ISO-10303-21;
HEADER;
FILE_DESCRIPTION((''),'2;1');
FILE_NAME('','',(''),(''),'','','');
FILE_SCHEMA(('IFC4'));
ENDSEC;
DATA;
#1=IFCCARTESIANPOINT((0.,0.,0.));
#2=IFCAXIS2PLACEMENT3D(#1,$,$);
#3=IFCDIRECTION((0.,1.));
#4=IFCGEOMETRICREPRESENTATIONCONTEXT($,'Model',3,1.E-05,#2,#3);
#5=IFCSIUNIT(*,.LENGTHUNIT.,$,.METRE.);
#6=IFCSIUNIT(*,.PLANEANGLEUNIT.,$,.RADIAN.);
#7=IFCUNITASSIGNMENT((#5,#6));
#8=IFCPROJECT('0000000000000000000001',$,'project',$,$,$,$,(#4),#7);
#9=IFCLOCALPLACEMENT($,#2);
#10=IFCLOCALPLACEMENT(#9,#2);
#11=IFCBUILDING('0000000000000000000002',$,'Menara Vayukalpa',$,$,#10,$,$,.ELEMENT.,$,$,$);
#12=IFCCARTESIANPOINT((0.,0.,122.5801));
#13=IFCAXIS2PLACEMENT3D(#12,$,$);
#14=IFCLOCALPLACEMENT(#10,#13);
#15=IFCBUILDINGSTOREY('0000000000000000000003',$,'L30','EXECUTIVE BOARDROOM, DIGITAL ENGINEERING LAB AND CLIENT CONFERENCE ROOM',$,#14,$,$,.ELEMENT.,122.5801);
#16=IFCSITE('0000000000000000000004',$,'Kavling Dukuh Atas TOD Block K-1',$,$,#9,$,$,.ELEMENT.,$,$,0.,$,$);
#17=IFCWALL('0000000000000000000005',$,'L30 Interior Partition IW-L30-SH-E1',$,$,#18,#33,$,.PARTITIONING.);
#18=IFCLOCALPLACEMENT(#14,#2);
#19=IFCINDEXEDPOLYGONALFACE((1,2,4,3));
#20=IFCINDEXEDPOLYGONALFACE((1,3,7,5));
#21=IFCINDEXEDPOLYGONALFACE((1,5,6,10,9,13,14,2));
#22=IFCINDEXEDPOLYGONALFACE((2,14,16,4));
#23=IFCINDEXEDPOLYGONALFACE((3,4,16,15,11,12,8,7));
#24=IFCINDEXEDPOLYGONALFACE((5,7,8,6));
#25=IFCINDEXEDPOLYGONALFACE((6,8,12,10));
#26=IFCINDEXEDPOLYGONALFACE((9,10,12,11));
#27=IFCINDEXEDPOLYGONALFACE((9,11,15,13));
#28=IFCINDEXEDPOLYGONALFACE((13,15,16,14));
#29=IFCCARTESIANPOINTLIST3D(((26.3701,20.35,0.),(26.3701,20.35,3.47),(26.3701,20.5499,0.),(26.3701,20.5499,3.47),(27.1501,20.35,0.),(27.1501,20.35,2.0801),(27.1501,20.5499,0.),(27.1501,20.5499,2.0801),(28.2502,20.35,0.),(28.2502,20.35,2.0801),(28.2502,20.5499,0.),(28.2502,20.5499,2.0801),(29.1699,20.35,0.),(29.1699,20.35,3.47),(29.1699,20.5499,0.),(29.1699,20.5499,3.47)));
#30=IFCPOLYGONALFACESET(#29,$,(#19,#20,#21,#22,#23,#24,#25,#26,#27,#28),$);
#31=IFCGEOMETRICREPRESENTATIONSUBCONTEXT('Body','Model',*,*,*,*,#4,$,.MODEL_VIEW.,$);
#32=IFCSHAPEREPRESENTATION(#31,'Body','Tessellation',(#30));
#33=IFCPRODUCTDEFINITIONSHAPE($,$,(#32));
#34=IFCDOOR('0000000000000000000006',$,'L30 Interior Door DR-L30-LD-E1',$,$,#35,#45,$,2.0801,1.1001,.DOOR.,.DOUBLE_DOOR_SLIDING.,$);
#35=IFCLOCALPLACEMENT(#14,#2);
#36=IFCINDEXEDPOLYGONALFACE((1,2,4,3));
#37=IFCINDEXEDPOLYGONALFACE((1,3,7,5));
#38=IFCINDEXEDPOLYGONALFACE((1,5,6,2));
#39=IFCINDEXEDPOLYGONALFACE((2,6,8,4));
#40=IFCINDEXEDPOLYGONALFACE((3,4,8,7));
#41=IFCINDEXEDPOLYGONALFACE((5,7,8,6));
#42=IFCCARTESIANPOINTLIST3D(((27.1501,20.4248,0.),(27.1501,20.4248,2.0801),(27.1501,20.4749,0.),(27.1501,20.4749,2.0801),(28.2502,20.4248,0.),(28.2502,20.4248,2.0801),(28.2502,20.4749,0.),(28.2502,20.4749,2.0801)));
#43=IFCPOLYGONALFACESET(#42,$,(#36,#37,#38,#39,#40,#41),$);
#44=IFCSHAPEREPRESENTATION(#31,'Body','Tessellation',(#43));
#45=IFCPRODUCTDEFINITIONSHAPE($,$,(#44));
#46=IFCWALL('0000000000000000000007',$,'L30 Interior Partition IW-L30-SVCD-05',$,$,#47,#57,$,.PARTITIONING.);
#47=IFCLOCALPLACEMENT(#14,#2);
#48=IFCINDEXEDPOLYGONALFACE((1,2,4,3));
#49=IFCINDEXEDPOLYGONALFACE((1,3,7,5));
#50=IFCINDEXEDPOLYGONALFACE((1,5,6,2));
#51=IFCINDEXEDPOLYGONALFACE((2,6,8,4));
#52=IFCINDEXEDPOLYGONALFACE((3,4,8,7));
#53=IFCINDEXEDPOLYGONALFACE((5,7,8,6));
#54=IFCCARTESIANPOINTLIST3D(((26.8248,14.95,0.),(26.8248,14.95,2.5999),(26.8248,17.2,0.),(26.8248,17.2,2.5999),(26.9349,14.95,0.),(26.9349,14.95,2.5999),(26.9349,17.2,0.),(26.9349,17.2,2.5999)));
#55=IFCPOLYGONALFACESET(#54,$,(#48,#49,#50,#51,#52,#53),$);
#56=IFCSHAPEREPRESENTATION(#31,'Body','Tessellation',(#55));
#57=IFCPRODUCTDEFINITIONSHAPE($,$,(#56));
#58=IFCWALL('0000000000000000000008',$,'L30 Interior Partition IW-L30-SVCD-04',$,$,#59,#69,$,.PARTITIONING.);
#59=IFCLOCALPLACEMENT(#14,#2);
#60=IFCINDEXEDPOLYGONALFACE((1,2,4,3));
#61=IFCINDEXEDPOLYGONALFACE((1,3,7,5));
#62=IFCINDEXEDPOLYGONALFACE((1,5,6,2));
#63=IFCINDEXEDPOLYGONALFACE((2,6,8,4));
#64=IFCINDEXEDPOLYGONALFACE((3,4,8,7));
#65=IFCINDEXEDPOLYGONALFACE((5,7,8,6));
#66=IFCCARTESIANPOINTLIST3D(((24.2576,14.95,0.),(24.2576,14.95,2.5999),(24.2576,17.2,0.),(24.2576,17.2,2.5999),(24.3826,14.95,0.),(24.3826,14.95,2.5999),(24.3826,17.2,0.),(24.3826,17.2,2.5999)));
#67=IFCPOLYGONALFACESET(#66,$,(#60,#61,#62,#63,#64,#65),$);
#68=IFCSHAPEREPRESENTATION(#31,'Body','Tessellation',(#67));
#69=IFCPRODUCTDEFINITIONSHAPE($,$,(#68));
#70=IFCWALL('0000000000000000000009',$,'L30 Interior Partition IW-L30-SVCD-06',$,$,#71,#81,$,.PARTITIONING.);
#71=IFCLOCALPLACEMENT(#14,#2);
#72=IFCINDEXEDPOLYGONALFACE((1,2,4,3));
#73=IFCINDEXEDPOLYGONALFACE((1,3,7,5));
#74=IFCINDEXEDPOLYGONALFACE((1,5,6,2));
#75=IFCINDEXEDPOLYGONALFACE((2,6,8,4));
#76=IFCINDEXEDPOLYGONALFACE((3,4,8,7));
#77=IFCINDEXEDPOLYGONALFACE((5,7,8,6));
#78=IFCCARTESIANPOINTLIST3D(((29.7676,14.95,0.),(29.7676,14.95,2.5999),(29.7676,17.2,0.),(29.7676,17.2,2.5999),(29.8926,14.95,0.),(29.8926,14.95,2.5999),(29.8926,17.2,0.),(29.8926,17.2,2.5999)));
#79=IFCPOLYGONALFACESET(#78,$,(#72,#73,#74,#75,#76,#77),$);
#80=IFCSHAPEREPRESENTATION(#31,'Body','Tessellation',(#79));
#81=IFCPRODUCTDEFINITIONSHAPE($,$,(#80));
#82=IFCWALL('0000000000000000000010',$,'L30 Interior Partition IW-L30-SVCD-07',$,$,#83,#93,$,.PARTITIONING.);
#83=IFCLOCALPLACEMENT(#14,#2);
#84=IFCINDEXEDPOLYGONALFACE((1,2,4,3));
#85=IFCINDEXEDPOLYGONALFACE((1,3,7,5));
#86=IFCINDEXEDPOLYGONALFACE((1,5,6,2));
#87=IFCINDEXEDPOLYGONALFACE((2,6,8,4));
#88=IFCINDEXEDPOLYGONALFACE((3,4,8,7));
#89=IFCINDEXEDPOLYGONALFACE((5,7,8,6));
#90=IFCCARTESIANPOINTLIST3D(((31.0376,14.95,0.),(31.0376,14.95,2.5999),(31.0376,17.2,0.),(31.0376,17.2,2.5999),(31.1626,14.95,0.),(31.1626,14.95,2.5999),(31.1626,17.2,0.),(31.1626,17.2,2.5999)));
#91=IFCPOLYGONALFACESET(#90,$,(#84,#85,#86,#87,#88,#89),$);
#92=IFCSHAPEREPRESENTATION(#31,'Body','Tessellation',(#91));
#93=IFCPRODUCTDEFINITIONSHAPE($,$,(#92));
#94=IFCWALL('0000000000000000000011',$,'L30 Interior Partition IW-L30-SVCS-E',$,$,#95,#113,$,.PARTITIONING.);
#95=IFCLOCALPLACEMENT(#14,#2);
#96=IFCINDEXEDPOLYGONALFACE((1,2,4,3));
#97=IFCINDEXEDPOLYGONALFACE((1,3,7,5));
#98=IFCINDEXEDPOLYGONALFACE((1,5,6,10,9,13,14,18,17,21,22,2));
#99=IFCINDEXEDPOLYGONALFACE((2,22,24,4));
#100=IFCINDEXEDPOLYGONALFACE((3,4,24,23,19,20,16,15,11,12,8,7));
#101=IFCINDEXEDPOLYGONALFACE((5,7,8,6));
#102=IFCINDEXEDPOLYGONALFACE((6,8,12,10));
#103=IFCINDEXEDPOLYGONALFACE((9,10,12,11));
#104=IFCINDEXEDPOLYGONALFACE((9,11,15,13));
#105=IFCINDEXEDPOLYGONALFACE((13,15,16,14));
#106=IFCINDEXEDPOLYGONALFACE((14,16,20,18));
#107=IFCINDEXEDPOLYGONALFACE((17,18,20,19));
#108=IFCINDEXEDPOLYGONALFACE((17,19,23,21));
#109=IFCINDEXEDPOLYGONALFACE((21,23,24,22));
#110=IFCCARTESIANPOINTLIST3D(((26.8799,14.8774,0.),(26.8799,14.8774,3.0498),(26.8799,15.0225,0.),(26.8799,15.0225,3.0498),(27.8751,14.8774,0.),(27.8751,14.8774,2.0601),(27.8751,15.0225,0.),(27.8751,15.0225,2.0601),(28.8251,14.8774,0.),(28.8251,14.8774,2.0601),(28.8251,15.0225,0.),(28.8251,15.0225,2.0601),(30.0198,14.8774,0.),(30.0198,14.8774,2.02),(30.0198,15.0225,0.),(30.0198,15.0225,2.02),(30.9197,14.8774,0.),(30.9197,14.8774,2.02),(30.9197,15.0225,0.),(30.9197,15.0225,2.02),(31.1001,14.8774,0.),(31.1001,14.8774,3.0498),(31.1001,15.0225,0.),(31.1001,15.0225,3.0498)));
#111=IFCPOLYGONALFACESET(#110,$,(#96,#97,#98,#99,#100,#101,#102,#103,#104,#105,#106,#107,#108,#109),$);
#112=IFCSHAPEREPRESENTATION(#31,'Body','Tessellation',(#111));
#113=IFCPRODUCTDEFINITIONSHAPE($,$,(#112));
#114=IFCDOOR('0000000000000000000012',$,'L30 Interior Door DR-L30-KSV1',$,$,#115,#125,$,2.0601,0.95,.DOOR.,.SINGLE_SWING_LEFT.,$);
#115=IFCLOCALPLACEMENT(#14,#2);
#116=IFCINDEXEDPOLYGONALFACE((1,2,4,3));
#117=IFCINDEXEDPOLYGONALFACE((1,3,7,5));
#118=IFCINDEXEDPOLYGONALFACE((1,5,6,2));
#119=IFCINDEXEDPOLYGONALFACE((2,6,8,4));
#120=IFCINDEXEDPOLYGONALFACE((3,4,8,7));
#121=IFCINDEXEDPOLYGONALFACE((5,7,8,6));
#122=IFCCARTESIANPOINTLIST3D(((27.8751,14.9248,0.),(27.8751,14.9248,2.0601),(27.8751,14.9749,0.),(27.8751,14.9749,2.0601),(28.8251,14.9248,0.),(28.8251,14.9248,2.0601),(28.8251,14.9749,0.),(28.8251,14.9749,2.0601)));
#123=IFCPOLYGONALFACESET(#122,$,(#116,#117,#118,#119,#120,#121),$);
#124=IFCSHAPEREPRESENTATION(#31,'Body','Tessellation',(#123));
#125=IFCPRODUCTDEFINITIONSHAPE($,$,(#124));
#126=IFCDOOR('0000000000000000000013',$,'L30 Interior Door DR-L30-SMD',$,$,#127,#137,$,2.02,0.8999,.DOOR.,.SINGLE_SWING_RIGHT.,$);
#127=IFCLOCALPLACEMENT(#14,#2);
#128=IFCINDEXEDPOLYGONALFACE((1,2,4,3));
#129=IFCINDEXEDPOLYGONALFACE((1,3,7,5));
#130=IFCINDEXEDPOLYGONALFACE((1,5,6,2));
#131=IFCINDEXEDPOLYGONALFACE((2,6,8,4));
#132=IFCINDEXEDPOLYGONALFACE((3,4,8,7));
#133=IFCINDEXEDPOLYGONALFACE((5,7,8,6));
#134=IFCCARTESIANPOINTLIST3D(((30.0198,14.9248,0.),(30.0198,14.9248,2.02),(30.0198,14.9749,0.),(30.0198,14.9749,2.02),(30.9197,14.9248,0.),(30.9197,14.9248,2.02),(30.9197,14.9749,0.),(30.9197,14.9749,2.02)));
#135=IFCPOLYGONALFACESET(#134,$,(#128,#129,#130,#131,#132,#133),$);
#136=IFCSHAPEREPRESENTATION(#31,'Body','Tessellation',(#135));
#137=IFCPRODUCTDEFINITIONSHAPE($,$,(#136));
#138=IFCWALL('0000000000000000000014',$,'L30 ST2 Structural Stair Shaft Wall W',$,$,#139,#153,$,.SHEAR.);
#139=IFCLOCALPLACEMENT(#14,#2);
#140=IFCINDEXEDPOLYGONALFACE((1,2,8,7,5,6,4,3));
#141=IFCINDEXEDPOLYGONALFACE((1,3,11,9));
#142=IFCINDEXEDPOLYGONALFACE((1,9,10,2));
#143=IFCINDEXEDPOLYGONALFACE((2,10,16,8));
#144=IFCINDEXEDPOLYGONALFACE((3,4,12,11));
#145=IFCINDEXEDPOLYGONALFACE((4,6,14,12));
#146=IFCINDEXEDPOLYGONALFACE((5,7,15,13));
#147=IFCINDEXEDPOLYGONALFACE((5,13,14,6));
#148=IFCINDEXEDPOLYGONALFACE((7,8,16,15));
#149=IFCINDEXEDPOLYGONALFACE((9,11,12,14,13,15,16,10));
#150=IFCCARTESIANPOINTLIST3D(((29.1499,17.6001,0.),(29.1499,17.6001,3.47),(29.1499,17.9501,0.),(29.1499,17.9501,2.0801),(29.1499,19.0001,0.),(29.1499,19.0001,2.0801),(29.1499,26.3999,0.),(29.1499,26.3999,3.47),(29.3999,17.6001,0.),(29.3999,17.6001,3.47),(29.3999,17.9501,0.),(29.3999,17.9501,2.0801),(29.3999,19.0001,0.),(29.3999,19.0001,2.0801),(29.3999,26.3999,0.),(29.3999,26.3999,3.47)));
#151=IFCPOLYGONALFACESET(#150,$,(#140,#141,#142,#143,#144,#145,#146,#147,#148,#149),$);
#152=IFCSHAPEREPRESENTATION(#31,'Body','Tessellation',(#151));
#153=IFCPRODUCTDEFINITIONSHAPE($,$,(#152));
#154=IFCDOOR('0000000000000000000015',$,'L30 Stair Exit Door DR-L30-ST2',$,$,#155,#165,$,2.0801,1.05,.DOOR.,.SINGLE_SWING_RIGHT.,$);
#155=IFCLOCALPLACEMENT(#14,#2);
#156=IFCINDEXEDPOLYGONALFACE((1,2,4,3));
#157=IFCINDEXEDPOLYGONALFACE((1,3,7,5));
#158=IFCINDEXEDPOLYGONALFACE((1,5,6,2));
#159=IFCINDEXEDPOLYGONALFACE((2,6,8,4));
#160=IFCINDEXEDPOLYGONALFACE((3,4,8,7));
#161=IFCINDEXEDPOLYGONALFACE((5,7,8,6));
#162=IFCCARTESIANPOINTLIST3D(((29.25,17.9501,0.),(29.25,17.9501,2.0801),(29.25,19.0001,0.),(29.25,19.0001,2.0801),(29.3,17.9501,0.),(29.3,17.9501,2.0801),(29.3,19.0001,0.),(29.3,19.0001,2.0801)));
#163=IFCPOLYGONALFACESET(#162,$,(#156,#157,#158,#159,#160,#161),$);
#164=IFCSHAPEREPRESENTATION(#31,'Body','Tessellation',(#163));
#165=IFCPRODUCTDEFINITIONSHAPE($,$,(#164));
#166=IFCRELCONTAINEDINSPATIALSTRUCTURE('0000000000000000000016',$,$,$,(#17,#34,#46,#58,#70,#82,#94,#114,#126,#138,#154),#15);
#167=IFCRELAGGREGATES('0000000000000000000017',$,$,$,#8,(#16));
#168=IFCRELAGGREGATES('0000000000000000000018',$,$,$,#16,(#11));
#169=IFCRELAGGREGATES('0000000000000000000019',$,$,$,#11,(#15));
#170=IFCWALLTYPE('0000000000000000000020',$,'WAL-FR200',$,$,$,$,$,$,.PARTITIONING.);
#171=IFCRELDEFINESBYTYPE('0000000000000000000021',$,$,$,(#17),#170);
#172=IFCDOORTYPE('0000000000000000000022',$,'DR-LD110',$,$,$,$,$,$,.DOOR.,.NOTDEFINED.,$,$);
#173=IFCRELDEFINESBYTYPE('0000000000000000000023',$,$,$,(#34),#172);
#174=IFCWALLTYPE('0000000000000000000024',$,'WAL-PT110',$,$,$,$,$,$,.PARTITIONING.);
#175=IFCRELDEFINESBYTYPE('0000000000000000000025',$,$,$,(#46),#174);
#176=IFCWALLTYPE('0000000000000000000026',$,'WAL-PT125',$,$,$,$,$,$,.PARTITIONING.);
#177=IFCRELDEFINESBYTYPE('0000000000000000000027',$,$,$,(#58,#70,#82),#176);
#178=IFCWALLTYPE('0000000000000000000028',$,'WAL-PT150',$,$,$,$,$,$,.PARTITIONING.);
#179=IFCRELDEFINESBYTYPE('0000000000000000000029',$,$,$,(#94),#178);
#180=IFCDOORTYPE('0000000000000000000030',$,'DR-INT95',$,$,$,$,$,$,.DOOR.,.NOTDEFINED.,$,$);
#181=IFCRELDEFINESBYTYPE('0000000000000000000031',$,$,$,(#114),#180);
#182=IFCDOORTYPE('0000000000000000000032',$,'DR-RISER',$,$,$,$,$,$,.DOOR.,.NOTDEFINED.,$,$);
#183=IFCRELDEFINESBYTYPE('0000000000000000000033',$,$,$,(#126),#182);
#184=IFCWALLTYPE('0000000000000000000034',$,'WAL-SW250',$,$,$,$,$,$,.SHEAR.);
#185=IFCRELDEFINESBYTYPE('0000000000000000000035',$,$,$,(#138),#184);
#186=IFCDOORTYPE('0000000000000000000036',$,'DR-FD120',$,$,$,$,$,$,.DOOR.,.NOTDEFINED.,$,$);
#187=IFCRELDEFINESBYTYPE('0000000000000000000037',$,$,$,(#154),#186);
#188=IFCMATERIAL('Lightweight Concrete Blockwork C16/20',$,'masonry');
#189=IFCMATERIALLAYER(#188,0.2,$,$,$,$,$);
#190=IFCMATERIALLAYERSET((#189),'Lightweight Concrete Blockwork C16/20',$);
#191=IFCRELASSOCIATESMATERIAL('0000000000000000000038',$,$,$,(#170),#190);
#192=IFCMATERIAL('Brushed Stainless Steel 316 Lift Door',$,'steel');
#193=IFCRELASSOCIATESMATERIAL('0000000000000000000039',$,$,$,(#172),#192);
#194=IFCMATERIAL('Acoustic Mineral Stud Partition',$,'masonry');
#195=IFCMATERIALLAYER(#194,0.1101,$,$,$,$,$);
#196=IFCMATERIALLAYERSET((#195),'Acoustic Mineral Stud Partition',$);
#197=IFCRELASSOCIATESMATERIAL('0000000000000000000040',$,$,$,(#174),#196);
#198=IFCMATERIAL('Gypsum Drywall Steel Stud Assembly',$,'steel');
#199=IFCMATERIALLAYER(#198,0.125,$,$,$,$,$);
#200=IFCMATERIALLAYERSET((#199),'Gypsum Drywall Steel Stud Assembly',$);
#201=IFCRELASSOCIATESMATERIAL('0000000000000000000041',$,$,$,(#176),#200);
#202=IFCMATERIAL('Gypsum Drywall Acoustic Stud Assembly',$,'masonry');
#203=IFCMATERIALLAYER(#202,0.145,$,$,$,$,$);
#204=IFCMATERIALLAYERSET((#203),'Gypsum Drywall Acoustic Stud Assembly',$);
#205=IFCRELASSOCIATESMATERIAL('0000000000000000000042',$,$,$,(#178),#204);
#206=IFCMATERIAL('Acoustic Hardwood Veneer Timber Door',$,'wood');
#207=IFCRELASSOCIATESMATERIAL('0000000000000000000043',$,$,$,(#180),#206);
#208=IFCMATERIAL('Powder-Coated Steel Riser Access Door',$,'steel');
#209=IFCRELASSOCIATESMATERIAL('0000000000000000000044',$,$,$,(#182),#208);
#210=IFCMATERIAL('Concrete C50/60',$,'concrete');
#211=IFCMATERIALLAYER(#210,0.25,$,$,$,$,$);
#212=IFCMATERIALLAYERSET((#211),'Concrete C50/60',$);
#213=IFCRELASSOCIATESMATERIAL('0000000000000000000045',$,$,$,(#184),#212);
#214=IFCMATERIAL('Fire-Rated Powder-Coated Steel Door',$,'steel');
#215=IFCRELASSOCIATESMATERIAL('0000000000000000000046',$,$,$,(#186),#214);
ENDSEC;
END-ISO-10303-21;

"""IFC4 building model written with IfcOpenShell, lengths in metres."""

from ifc_helpers import new_model, si_unit, direction, frame, frame_2d, origin, place, context, subcontext, project, spatial, rectangle, extrude, material, layer, layer_set, type_object, element, fill, save


model = new_model("IFC4")

# Units and contexts
model_context = context("Model", 3, precision=1e-05, world=origin(), true_north=direction((0.0, 1.0)))
body_context = subcontext(model_context, "Body", "Model", "MODEL_VIEW")
ifc_project = project(units=[si_unit("LENGTHUNIT", "METRE"), si_unit("PLANEANGLEUNIT", "RADIAN")], contexts=[model_context])

# Site, building, storey
site_placement = place(None, origin())
site = spatial("IfcSite", under=ifc_project, at=site_placement, Name="Kavling Dukuh Atas TOD Block K-1", CompositionType="ELEMENT", RefElevation=0.0)
building_placement = place(site_placement, origin())
building = spatial("IfcBuilding", under=site, at=building_placement, Name="Menara Vayukalpa", CompositionType="ELEMENT")
storey_placement = place(building_placement, frame((0.0, 0.0, 122.5801)))
storey = spatial("IfcBuildingStorey", under=building, at=storey_placement, Name="L30", Description="EXECUTIVE BOARDROOM, DIGITAL ENGINEERING LAB AND CLIENT CONFERENCE ROOM", CompositionType="ELEMENT", Elevation=122.5801)

# Wall, opening, door
ifc_material_1 = material(Name="Lightweight Concrete Blockwork C16/20", Category="masonry")
ifc_layer_1 = layer(ifc_material_1, 0.2)
ifc_layer_set_1 = layer_set([ifc_layer_1], Name="Lightweight Concrete Blockwork C16/20")
wall_type_1 = type_object("IfcWallType", Name="WAL-FR200", PredefinedType="PARTITIONING", material=ifc_layer_set_1)
wall_1_placement = place(storey_placement, frame((26.3701, 20.45, 0.0), z_axis=(0.0, 0.0, 1.0), x_axis=(1.0, 0.0, 0.0)))
wall_1 = element("IfcWall", 1, at=wall_1_placement, inside=storey, type_object=wall_type_1, Name="L30 Interior Partition IW-L30-SH-E1", PredefinedType="PARTITIONING", context=body_context, shape_type="SweptSolid", body=[
    extrude(rectangle(XDim=2.7998, YDim=0.2, at=frame_2d((1.3999, 0.0))), origin(), (0.0, 0.0, 1.0), 3.47),
])
opening_1_placement = place(wall_1_placement, frame((0.78, 0.0, 0.0)))
opening_1 = element("IfcOpeningElement", 2, at=opening_1_placement, cuts=wall_1, PredefinedType="OPENING", context=body_context, shape_type="SweptSolid", body=[
    extrude(rectangle(XDim=1.1001, YDim=2.0801, at=frame_2d((0.55, 1.04))), frame((0.0, 0.1099, 0.0), z_axis=(0.0, -1.0, 0.0), x_axis=(1.0, 0.0, 0.0)), (0.0, 0.0, 1.0), 0.22),
])
ifc_material_2 = material(Name="Brushed Stainless Steel 316 Lift Door", Category="steel")
door_type_1 = type_object("IfcDoorType", Name="DR-LD110", OperationType="NOTDEFINED", PredefinedType="DOOR", material=ifc_material_2)
door_1_placement = place(opening_1_placement, origin())
door_1 = element("IfcDoor", 3, at=door_1_placement, inside=storey, type_object=door_type_1, Name="L30 Interior Door DR-L30-LD-E1", OperationType="DOUBLE_DOOR_SLIDING", OverallHeight=2.0801, OverallWidth=1.1001, PredefinedType="DOOR", context=body_context, shape_type="SweptSolid", body=[
    extrude(rectangle(XDim=1.1001, YDim=2.0801, at=frame_2d((0.55, 1.04))), frame((0.0, 0.0249, 0.0), z_axis=(0.0, -1.0, 0.0), x_axis=(1.0, 0.0, 0.0)), (0.0, 0.0, 1.0), 0.05),
])
fill(opening_1, door_1)

# Walls
ifc_material_3 = material(Name="Acoustic Mineral Stud Partition", Category="masonry")
ifc_layer_2 = layer(ifc_material_3, 0.1101)
ifc_layer_set_2 = layer_set([ifc_layer_2], Name="Acoustic Mineral Stud Partition")
wall_type_2 = type_object("IfcWallType", Name="WAL-PT110", PredefinedType="PARTITIONING", material=ifc_layer_set_2)
wall_2_placement = place(storey_placement, frame((26.8799, 14.95, 0.0), z_axis=(0.0, 0.0, 1.0), x_axis=(0.0, 1.0, 0.0)))
element("IfcWall", 4, at=wall_2_placement, inside=storey, type_object=wall_type_2, Name="L30 Interior Partition IW-L30-SVCD-05", PredefinedType="PARTITIONING", context=body_context, shape_type="SweptSolid", body=[
    extrude(rectangle(XDim=2.25, YDim=0.1101, at=frame_2d((1.125, 0.0))), origin(), (0.0, 0.0, 1.0), 2.5999),
])
ifc_material_4 = material(Name="Gypsum Drywall Steel Stud Assembly", Category="steel")
ifc_layer_3 = layer(ifc_material_4, 0.125)
ifc_layer_set_3 = layer_set([ifc_layer_3], Name="Gypsum Drywall Steel Stud Assembly")
wall_type_3 = type_object("IfcWallType", Name="WAL-PT125", PredefinedType="PARTITIONING", material=ifc_layer_set_3)
for number, where, z_axis, x_axis, name in (
    (5, (24.3201, 14.95, 0.0), (0.0, 0.0, 1.0), (0.0, 1.0, 0.0), "L30 Interior Partition IW-L30-SVCD-04"),
    (6, (29.8301, 14.95, 0.0), (0.0, 0.0, 1.0), (0.0, 1.0, 0.0), "L30 Interior Partition IW-L30-SVCD-06"),
    (7, (31.1001, 14.95, 0.0), (0.0, 0.0, 1.0), (0.0, 1.0, 0.0), "L30 Interior Partition IW-L30-SVCD-07"),
):
    element("IfcWall", number, at=place(storey_placement, frame(where, z_axis=z_axis, x_axis=x_axis)), inside=storey, type_object=wall_type_3, Name=name, PredefinedType="PARTITIONING", context=body_context, shape_type="SweptSolid", body=[
        extrude(rectangle(XDim=2.25, YDim=0.125, at=frame_2d((1.125, 0.0))), origin(), (0.0, 0.0, 1.0), 2.5999),
    ])

# Wall, openings, doors
ifc_material_5 = material(Name="Gypsum Drywall Acoustic Stud Assembly", Category="masonry")
ifc_layer_4 = layer(ifc_material_5, 0.145)
ifc_layer_set_4 = layer_set([ifc_layer_4], Name="Gypsum Drywall Acoustic Stud Assembly")
wall_type_4 = type_object("IfcWallType", Name="WAL-PT150", PredefinedType="PARTITIONING", material=ifc_layer_set_4)
wall_3_placement = place(storey_placement, frame((26.8799, 14.95, 0.0), z_axis=(0.0, 0.0, 1.0), x_axis=(1.0, 0.0, 0.0)))
wall_3 = element("IfcWall", 8, at=wall_3_placement, inside=storey, type_object=wall_type_4, Name="L30 Interior Partition IW-L30-SVCS-E", PredefinedType="PARTITIONING", context=body_context, shape_type="SweptSolid", body=[
    extrude(rectangle(XDim=4.2202, YDim=0.145, at=frame_2d((2.1101, 0.0))), origin(), (0.0, 0.0, 1.0), 3.0498),
])
opening_2_placement = place(wall_3_placement, frame((0.9951, 0.0, 0.0)))
opening_2 = element("IfcOpeningElement", 9, at=opening_2_placement, cuts=wall_3, PredefinedType="OPENING", context=body_context, shape_type="SweptSolid", body=[
    extrude(rectangle(XDim=0.95, YDim=2.0601, at=frame_2d((0.4751, 1.03))), frame((0.0, 0.0825, 0.0), z_axis=(0.0, -1.0, 0.0), x_axis=(1.0, 0.0, 0.0)), (0.0, 0.0, 1.0), 0.165),
])
opening_3_placement = place(wall_3_placement, frame((3.1399, 0.0, 0.0)))
opening_3 = element("IfcOpeningElement", 10, at=opening_3_placement, cuts=wall_3, PredefinedType="OPENING", context=body_context, shape_type="SweptSolid", body=[
    extrude(rectangle(XDim=0.8999, YDim=2.02, at=frame_2d((0.45, 1.01))), frame((0.0, 0.0825, 0.0), z_axis=(0.0, -1.0, 0.0), x_axis=(1.0, 0.0, 0.0)), (0.0, 0.0, 1.0), 0.165),
])
ifc_material_6 = material(Name="Acoustic Hardwood Veneer Timber Door", Category="wood")
door_type_2 = type_object("IfcDoorType", Name="DR-INT95", OperationType="NOTDEFINED", PredefinedType="DOOR", material=ifc_material_6)
door_2_placement = place(opening_2_placement, origin())
door_2 = element("IfcDoor", 11, at=door_2_placement, inside=storey, type_object=door_type_2, Name="L30 Interior Door DR-L30-KSV1", OperationType="SINGLE_SWING_LEFT", OverallHeight=2.0601, OverallWidth=0.95, PredefinedType="DOOR", context=body_context, shape_type="SweptSolid", body=[
    extrude(rectangle(XDim=0.95, YDim=2.0601, at=frame_2d((0.4751, 1.03))), frame((0.0, 0.0249, 0.0), z_axis=(0.0, -1.0, 0.0), x_axis=(1.0, 0.0, 0.0)), (0.0, 0.0, 1.0), 0.05),
])
fill(opening_2, door_2)
ifc_material_7 = material(Name="Powder-Coated Steel Riser Access Door", Category="steel")
door_type_3 = type_object("IfcDoorType", Name="DR-RISER", OperationType="NOTDEFINED", PredefinedType="DOOR", material=ifc_material_7)
door_3_placement = place(opening_3_placement, origin())
door_3 = element("IfcDoor", 12, at=door_3_placement, inside=storey, type_object=door_type_3, Name="L30 Interior Door DR-L30-SMD", OperationType="SINGLE_SWING_RIGHT", OverallHeight=2.02, OverallWidth=0.8999, PredefinedType="DOOR", context=body_context, shape_type="SweptSolid", body=[
    extrude(rectangle(XDim=0.8999, YDim=2.02, at=frame_2d((0.45, 1.01))), frame((0.0, 0.0249, 0.0), z_axis=(0.0, -1.0, 0.0), x_axis=(1.0, 0.0, 0.0)), (0.0, 0.0, 1.0), 0.05),
])
fill(opening_3, door_3)

# Wall, opening, door
ifc_material_8 = material(Name="Concrete C50/60", Category="concrete")
ifc_layer_5 = layer(ifc_material_8, 0.25)
ifc_layer_set_5 = layer_set([ifc_layer_5], Name="Concrete C50/60")
wall_type_5 = type_object("IfcWallType", Name="WAL-SW250", PredefinedType="SHEAR", material=ifc_layer_set_5)
wall_4_placement = place(storey_placement, frame((29.2749, 17.6001, 0.0), z_axis=(0.0, 0.0, 1.0), x_axis=(0.0, 1.0, 0.0)))
wall_4 = element("IfcWall", 13, at=wall_4_placement, inside=storey, type_object=wall_type_5, Name="L30 ST2 Structural Stair Shaft Wall W", PredefinedType="SHEAR", context=body_context, shape_type="SweptSolid", body=[
    extrude(rectangle(XDim=8.7998, YDim=0.25, at=frame_2d((4.3999, 0.0))), origin(), (0.0, 0.0, 1.0), 3.47),
])
opening_4_placement = place(wall_4_placement, frame((0.3501, 0.0, 0.0)))
opening_4 = element("IfcOpeningElement", 14, at=opening_4_placement, cuts=wall_4, PredefinedType="OPENING", context=body_context, shape_type="SweptSolid", body=[
    extrude(rectangle(XDim=1.05, YDim=2.0801, at=frame_2d((0.5249, 1.04))), frame((0.0, 0.135, 0.0), z_axis=(0.0, -1.0, 0.0), x_axis=(1.0, 0.0, 0.0)), (0.0, 0.0, 1.0), 0.27),
])
ifc_material_9 = material(Name="Fire-Rated Powder-Coated Steel Door", Category="steel")
door_type_4 = type_object("IfcDoorType", Name="DR-FD120", OperationType="NOTDEFINED", PredefinedType="DOOR", material=ifc_material_9)
door_4_placement = place(opening_4_placement, origin())
door_4 = element("IfcDoor", 15, at=door_4_placement, inside=storey, type_object=door_type_4, Name="L30 Stair Exit Door DR-L30-ST2", OperationType="SINGLE_SWING_RIGHT", OverallHeight=2.0801, OverallWidth=1.05, PredefinedType="DOOR", context=body_context, shape_type="SweptSolid", body=[
    extrude(rectangle(XDim=1.05, YDim=2.0801, at=frame_2d((0.5249, 1.04))), frame((0.0, 0.0249, 0.0), z_axis=(0.0, -1.0, 0.0), x_axis=(1.0, 0.0, 0.0)), (0.0, 0.0, 1.0), 0.05),
])
fill(opening_4, door_4)

save(model, "model.ifc")
